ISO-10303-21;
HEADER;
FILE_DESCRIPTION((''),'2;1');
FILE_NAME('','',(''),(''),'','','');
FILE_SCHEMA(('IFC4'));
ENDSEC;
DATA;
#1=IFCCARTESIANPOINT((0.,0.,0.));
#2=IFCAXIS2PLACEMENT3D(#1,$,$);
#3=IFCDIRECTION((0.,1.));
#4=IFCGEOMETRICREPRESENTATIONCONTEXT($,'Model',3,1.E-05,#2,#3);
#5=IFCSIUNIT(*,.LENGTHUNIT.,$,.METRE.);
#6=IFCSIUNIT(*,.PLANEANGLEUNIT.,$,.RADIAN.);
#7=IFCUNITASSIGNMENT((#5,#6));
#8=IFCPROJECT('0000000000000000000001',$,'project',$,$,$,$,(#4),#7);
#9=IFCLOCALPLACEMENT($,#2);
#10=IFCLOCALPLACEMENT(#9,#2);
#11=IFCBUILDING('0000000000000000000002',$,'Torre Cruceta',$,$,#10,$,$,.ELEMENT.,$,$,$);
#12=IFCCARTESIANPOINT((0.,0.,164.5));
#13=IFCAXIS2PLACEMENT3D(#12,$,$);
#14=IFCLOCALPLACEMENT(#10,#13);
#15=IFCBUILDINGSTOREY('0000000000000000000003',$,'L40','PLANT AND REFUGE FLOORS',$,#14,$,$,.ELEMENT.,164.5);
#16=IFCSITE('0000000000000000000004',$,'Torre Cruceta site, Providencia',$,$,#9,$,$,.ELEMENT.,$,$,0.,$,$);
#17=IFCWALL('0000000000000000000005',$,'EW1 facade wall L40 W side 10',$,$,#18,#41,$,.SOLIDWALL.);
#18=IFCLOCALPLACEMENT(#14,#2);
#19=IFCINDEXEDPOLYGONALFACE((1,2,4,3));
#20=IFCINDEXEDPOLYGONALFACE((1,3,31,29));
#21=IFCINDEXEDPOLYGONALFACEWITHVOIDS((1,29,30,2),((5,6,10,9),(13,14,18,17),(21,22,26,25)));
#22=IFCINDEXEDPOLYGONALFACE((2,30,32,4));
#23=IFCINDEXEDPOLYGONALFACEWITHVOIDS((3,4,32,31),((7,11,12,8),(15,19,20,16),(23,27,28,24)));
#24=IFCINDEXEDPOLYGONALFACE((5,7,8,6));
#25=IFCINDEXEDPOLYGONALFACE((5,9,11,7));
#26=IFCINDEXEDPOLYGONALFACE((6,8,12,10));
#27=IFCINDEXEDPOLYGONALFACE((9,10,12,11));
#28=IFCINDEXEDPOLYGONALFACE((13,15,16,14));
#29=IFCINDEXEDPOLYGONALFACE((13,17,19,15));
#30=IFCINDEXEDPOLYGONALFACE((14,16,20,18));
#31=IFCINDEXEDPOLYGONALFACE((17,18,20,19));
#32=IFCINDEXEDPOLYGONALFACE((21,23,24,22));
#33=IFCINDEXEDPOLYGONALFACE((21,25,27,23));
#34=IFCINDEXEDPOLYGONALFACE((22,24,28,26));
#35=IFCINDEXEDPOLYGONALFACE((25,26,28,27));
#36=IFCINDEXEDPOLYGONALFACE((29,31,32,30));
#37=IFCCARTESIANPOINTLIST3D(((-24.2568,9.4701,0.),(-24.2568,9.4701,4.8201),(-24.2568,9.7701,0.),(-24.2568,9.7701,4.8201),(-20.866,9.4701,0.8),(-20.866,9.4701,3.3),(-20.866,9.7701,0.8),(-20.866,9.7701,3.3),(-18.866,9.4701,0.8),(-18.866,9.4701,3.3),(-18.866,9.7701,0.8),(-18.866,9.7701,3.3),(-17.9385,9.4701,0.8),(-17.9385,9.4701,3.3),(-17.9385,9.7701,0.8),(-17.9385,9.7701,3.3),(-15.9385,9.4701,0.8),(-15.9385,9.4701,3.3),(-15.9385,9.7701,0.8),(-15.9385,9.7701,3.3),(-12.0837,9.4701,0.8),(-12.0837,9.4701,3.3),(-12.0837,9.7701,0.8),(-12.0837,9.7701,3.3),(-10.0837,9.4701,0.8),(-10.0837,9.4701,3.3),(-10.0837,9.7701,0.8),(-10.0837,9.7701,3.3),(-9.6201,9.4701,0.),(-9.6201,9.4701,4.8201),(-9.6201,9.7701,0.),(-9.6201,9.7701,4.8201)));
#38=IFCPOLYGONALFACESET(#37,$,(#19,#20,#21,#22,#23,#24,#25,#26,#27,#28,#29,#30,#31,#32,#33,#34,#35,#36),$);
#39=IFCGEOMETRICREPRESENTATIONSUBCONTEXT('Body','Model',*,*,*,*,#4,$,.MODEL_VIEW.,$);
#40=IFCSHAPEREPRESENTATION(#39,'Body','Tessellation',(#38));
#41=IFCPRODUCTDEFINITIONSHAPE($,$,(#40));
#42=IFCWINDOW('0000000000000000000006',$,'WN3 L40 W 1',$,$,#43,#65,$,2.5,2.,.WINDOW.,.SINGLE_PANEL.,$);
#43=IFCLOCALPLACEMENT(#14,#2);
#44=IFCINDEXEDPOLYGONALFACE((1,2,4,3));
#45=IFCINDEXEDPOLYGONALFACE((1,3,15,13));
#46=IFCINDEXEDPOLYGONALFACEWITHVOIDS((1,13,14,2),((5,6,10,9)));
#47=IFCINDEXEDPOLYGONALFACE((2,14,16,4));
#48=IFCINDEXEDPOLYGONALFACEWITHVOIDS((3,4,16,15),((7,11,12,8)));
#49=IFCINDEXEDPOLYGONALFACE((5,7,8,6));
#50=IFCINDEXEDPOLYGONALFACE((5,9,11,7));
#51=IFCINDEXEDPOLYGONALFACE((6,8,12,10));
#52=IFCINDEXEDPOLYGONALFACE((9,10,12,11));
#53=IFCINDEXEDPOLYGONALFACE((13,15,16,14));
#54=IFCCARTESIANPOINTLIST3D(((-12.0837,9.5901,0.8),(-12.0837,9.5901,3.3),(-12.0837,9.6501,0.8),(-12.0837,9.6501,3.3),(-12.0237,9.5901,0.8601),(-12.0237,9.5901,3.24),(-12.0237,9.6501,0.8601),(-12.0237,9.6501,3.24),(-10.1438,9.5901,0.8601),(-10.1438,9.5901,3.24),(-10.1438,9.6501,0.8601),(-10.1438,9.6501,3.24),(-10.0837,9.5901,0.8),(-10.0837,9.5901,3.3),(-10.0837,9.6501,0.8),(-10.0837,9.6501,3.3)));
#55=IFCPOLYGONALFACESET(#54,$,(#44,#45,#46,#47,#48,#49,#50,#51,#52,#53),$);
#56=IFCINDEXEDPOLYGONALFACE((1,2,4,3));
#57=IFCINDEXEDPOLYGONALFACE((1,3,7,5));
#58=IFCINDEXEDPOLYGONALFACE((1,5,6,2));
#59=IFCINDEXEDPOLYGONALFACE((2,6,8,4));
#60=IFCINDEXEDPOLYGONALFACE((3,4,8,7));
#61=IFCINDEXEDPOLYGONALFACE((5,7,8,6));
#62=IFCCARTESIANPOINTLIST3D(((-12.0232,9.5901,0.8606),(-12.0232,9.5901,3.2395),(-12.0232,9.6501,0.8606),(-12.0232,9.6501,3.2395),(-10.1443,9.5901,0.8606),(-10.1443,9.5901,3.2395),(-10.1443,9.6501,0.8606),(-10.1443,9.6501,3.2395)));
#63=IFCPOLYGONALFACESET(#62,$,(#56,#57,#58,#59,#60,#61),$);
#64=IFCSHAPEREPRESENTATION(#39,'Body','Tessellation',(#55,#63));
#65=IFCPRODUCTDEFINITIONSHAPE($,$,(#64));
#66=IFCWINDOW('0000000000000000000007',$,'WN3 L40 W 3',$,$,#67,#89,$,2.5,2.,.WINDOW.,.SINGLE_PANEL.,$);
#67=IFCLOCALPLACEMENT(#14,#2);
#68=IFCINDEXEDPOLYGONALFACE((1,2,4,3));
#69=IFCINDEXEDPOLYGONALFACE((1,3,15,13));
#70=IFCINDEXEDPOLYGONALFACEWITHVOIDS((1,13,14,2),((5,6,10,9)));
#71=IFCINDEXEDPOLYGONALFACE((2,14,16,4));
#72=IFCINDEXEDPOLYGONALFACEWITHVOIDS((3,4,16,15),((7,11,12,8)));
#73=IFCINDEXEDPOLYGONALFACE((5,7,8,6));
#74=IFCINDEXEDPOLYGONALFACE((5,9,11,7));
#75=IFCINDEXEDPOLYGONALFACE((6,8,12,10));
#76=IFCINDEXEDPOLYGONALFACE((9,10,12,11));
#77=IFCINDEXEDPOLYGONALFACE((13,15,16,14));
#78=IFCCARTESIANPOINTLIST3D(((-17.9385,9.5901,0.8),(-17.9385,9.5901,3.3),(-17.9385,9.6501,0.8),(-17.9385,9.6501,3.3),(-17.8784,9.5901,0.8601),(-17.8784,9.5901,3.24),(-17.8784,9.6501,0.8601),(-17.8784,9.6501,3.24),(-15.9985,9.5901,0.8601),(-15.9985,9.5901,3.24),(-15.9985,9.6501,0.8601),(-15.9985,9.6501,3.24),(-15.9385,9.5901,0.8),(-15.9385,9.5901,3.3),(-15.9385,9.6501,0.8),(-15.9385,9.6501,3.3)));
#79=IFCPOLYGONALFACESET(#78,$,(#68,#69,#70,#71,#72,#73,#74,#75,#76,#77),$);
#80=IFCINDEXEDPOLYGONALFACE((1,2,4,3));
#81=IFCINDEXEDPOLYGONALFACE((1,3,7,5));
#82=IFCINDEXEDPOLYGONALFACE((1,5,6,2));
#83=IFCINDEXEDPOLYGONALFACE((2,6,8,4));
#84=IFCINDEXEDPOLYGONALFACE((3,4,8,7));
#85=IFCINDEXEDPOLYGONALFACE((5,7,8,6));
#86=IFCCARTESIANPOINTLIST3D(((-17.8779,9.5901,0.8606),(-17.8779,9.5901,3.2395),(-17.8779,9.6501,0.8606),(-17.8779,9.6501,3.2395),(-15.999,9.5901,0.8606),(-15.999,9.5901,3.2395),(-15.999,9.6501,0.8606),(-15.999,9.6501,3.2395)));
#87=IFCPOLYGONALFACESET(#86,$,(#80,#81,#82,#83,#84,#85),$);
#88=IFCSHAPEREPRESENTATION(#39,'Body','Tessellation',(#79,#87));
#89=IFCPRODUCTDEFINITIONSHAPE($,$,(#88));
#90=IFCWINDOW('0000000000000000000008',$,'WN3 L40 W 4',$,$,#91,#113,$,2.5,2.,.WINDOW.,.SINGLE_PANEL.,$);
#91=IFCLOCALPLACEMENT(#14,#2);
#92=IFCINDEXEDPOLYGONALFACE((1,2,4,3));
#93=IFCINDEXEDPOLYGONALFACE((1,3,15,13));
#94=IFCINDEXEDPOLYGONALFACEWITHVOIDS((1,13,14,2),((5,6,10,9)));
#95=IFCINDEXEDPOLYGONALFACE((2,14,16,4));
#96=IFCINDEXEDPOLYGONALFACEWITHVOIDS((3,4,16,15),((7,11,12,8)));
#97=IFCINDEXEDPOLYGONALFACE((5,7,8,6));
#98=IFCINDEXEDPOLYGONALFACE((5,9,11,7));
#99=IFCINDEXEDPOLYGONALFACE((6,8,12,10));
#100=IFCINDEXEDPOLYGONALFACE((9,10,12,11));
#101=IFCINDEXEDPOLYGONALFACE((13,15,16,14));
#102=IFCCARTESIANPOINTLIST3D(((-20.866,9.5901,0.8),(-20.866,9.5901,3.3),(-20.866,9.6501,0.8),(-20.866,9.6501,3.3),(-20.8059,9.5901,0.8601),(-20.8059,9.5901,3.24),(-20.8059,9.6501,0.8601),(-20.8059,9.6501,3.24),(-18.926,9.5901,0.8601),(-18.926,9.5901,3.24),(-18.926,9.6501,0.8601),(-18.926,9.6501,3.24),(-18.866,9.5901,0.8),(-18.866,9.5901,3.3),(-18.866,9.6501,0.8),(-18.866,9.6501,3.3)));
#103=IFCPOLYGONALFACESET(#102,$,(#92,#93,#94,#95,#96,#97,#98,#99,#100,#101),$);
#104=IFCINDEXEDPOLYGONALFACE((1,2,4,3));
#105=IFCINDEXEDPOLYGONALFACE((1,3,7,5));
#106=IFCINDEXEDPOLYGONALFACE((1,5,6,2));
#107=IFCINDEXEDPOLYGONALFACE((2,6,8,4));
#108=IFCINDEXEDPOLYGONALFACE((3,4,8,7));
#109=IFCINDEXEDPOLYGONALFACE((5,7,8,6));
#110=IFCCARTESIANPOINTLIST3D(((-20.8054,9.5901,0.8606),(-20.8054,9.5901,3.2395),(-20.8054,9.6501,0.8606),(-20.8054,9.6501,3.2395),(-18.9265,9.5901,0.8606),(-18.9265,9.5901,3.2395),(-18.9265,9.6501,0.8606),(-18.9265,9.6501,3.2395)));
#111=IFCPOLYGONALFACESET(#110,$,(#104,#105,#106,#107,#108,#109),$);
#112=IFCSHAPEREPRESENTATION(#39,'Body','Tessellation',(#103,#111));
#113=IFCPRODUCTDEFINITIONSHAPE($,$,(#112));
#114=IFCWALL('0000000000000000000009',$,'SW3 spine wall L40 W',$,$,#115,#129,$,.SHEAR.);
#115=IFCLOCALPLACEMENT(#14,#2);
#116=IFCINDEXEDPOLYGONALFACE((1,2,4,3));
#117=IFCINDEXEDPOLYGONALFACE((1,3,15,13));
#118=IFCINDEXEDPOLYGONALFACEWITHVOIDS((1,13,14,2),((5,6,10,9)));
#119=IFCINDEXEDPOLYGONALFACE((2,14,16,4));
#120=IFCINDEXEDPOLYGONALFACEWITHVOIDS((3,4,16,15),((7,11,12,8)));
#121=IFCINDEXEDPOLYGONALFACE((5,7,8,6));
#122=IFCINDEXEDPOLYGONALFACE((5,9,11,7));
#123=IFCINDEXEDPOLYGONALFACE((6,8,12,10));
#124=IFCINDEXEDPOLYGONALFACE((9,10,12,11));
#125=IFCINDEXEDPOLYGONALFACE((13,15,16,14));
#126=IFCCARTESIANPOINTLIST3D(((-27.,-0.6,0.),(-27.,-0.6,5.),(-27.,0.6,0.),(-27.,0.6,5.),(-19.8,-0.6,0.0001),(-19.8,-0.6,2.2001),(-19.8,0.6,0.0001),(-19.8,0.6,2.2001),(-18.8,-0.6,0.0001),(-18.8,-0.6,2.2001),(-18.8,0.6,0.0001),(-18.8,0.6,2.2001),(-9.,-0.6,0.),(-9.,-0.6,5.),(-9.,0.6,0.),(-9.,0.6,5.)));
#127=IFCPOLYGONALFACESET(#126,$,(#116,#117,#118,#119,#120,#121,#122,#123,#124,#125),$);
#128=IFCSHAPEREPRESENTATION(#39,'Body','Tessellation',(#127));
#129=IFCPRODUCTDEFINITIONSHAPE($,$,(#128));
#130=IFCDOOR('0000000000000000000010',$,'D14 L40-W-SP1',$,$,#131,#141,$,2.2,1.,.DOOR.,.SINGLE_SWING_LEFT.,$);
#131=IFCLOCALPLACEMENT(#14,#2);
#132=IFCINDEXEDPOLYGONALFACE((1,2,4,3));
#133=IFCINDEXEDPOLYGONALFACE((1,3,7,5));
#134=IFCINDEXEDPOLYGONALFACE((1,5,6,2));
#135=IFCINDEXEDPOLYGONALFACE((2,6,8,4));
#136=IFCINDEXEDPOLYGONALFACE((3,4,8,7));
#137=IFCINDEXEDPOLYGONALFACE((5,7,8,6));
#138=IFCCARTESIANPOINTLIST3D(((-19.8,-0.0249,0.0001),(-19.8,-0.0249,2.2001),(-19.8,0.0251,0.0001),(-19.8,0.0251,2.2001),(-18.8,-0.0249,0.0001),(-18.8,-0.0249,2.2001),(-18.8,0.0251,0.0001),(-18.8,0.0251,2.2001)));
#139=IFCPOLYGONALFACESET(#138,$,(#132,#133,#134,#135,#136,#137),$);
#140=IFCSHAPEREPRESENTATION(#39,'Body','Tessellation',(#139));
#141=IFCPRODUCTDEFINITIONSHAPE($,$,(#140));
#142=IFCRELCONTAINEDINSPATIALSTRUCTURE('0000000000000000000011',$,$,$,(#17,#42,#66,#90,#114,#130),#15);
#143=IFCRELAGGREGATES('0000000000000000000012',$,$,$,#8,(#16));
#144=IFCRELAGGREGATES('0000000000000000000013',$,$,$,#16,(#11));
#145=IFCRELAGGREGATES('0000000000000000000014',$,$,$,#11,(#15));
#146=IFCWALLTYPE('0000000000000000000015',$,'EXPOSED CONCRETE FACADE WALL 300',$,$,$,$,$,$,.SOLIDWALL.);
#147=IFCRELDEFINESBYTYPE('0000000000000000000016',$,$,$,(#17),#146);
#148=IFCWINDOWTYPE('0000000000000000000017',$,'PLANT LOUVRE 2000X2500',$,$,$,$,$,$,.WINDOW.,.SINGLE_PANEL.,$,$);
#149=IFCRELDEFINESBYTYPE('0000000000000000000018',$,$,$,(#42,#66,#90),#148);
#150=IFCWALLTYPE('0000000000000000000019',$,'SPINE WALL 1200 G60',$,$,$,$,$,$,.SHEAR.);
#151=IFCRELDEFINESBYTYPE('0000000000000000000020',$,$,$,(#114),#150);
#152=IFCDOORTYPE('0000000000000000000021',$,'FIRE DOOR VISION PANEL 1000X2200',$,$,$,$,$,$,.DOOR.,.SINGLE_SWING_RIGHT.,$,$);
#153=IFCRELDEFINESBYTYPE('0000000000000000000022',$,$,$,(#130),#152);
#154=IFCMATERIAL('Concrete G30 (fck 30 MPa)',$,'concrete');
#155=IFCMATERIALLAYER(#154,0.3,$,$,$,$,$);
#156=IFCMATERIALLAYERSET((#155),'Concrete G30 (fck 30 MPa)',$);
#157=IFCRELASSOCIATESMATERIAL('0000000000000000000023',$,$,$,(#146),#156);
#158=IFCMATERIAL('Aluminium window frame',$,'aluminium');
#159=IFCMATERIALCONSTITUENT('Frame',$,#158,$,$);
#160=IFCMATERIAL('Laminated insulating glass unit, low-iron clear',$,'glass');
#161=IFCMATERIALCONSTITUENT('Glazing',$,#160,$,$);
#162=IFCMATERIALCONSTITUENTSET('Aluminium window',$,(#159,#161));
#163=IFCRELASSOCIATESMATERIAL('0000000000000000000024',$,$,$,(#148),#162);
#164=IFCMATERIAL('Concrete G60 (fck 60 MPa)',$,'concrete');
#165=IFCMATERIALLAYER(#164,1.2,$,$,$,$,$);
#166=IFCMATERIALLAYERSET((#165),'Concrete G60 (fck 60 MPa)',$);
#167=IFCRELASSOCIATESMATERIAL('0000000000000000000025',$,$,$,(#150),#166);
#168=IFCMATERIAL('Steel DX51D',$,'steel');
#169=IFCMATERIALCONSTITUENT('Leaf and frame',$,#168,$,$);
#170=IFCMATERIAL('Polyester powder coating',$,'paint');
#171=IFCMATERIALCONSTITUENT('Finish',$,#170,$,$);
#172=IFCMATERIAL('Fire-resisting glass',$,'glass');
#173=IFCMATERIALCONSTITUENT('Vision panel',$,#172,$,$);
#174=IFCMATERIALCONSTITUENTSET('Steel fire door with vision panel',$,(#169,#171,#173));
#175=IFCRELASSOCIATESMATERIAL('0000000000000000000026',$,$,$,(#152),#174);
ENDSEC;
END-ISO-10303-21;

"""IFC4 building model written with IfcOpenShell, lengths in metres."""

from ifc_helpers import new_model, si_unit, direction, frame, frame_2d, origin, place, context, subcontext, project, spatial, rectangle, hollow_rectangle, extrude, material, layer, layer_set, constituent, constituent_set, type_object, element, fill, save


model = new_model("IFC4")

# Units and contexts
model_context = context("Model", 3, precision=1e-05, world=origin(), true_north=direction((0.0, 1.0)))
body_context = subcontext(model_context, "Body", "Model", "MODEL_VIEW")
ifc_project = project(units=[si_unit("LENGTHUNIT", "METRE"), si_unit("PLANEANGLEUNIT", "RADIAN")], contexts=[model_context])

# Site, building, storey
site_placement = place(None, origin())
site = spatial("IfcSite", under=ifc_project, at=site_placement, Name="Torre Cruceta site, Providencia", CompositionType="ELEMENT", RefElevation=0.0)
building_placement = place(site_placement, origin())
building = spatial("IfcBuilding", under=site, at=building_placement, Name="Torre Cruceta", CompositionType="ELEMENT")
storey_placement = place(building_placement, frame((0.0, 0.0, 164.5)))
storey = spatial("IfcBuildingStorey", under=building, at=storey_placement, Name="L40", Description="PLANT AND REFUGE FLOORS", CompositionType="ELEMENT", Elevation=164.5)

# Shared definitions
ifc_material_1 = material(Name="Concrete G30 (fck 30 MPa)", Category="concrete")
ifc_layer_1 = layer(ifc_material_1, 0.3)
ifc_layer_set_1 = layer_set([ifc_layer_1], Name="Concrete G30 (fck 30 MPa)")
wall_type_1 = type_object("IfcWallType", Name="EXPOSED CONCRETE FACADE WALL 300", PredefinedType="SOLIDWALL", material=ifc_layer_set_1)

# Wall, openings, windows
wall_1_placement = place(storey_placement, frame((-9.6201, 9.6201, 0.0), z_axis=(0.0, 0.0, 1.0), x_axis=(-1.0, 0.0, 0.0)))
wall_1 = element("IfcWall", 1, at=wall_1_placement, inside=storey, type_object=wall_type_1, Name="EW1 facade wall L40 W side 10", PredefinedType="SOLIDWALL", context=body_context, shape_type="SweptSolid", body=[
    extrude(rectangle(XDim=14.6367, YDim=0.3, at=frame_2d((7.3184, 0.0))), origin(), (0.0, 0.0, 1.0), 4.8201),
])
opening_1_placement = place(wall_1_placement, frame((0.4636, 0.0, 0.8)))
opening_1 = element("IfcOpeningElement", 2, at=opening_1_placement, cuts=wall_1, PredefinedType="OPENING", context=body_context, shape_type="SweptSolid", body=[
    extrude(rectangle(XDim=2.0, YDim=2.5, at=frame_2d((1.0, 1.25))), frame((0.0, 0.1599, 0.0), z_axis=(0.0, -1.0, 0.0), x_axis=(1.0, 0.0, 0.0)), (0.0, 0.0, 1.0), 0.3201),
])
opening_2_placement = place(wall_1_placement, frame((6.3184, 0.0, 0.8)))
opening_2 = element("IfcOpeningElement", 3, at=opening_2_placement, cuts=wall_1, PredefinedType="OPENING", context=body_context, shape_type="SweptSolid", body=[
    extrude(rectangle(XDim=2.0, YDim=2.5, at=frame_2d((1.0, 1.25))), frame((0.0, 0.1599, 0.0), z_axis=(0.0, -1.0, 0.0), x_axis=(1.0, 0.0, 0.0)), (0.0, 0.0, 1.0), 0.3201),
])
opening_3_placement = place(wall_1_placement, frame((9.2458, 0.0, 0.8)))
opening_3 = element("IfcOpeningElement", 4, at=opening_3_placement, cuts=wall_1, PredefinedType="OPENING", context=body_context, shape_type="SweptSolid", body=[
    extrude(rectangle(XDim=2.0, YDim=2.5, at=frame_2d((1.0, 1.25))), frame((0.0, 0.1599, 0.0), z_axis=(0.0, -1.0, 0.0), x_axis=(1.0, 0.0, 0.0)), (0.0, 0.0, 1.0), 0.3201),
])
ifc_material_2 = material(Name="Aluminium window frame", Category="aluminium")
ifc_constituent_1 = constituent(ifc_material_2, Name="Frame")
ifc_material_3 = material(Name="Laminated insulating glass unit, low-iron clear", Category="glass")
ifc_constituent_2 = constituent(ifc_material_3, Name="Glazing")
ifc_constituent_set_1 = constituent_set(constituents=[ifc_constituent_1, ifc_constituent_2], Name="Aluminium window")
window_type = type_object("IfcWindowType", Name="PLANT LOUVRE 2000X2500", PartitioningType="SINGLE_PANEL", PredefinedType="WINDOW", material=ifc_constituent_set_1)
window_1_placement = place(opening_1_placement, origin())
window_1 = element("IfcWindow", 5, at=window_1_placement, inside=storey, type_object=window_type, Name="WN3 L40 W 1", OverallHeight=2.5, OverallWidth=2.0, PartitioningType="SINGLE_PANEL", PredefinedType="WINDOW", context=body_context, shape_type="SweptSolid", body=[
    extrude(hollow_rectangle(XDim=2.0, YDim=2.5, WallThickness=0.0601, at=frame_2d((1.0, 1.25))), frame((0.0, 0.03, 0.0), z_axis=(0.0, -1.0, 0.0), x_axis=(1.0, 0.0, 0.0)), (0.0, 0.0, 1.0), 0.0601),
    extrude(rectangle(XDim=1.8789, YDim=2.3789, at=frame_2d((1.0, 1.25))), frame((0.0, 0.03, 0.0), z_axis=(0.0, -1.0, 0.0), x_axis=(1.0, 0.0, 0.0)), (0.0, 0.0, 1.0), 0.0601),
])
fill(opening_1, window_1)
window_2_placement = place(opening_2_placement, origin())
window_2 = element("IfcWindow", 6, at=window_2_placement, inside=storey, type_object=window_type, Name="WN3 L40 W 3", OverallHeight=2.5, OverallWidth=2.0, PartitioningType="SINGLE_PANEL", PredefinedType="WINDOW", context=body_context, shape_type="SweptSolid", body=[
    extrude(hollow_rectangle(XDim=2.0, YDim=2.5, WallThickness=0.0601, at=frame_2d((1.0, 1.25))), frame((0.0, 0.03, 0.0), z_axis=(0.0, -1.0, 0.0), x_axis=(1.0, 0.0, 0.0)), (0.0, 0.0, 1.0), 0.0601),
    extrude(rectangle(XDim=1.8789, YDim=2.3789, at=frame_2d((1.0, 1.25))), frame((0.0, 0.03, 0.0), z_axis=(0.0, -1.0, 0.0), x_axis=(1.0, 0.0, 0.0)), (0.0, 0.0, 1.0), 0.0601),
])
fill(opening_2, window_2)
window_3_placement = place(opening_3_placement, origin())
window_3 = element("IfcWindow", 7, at=window_3_placement, inside=storey, type_object=window_type, Name="WN3 L40 W 4", OverallHeight=2.5, OverallWidth=2.0, PartitioningType="SINGLE_PANEL", PredefinedType="WINDOW", context=body_context, shape_type="SweptSolid", body=[
    extrude(hollow_rectangle(XDim=2.0, YDim=2.5, WallThickness=0.0601, at=frame_2d((1.0, 1.25))), frame((0.0, 0.03, 0.0), z_axis=(0.0, -1.0, 0.0), x_axis=(1.0, 0.0, 0.0)), (0.0, 0.0, 1.0), 0.0601),
    extrude(rectangle(XDim=1.8789, YDim=2.3789, at=frame_2d((1.0, 1.25))), frame((0.0, 0.03, 0.0), z_axis=(0.0, -1.0, 0.0), x_axis=(1.0, 0.0, 0.0)), (0.0, 0.0, 1.0), 0.0601),
])
fill(opening_3, window_3)

# Wall, opening, door
ifc_material_4 = material(Name="Concrete G60 (fck 60 MPa)", Category="concrete")
ifc_layer_2 = layer(ifc_material_4, 1.2)
ifc_layer_set_2 = layer_set([ifc_layer_2], Name="Concrete G60 (fck 60 MPa)")
wall_type_2 = type_object("IfcWallType", Name="SPINE WALL 1200 G60", PredefinedType="SHEAR", material=ifc_layer_set_2)
wall_2_placement = place(storey_placement, frame((-9.0, 0.0, 0.0), z_axis=(0.0, 0.0, 1.0), x_axis=(-1.0, 0.0, 0.0)))
wall_2 = element("IfcWall", 8, at=wall_2_placement, inside=storey, type_object=wall_type_2, Name="SW3 spine wall L40 W", PredefinedType="SHEAR", context=body_context, shape_type="SweptSolid", body=[
    extrude(rectangle(XDim=18.0, YDim=1.2, at=frame_2d((9.0, 0.0))), origin(), (0.0, 0.0, 1.0), 5.0),
])
opening_4_placement = place(wall_2_placement, frame((9.8, 0.0, 0.0)))
opening_4 = element("IfcOpeningElement", 9, at=opening_4_placement, cuts=wall_2, PredefinedType="OPENING", context=body_context, shape_type="SweptSolid", body=[
    extrude(rectangle(XDim=1.0, YDim=2.2, at=frame_2d((0.5, 1.1001))), frame((0.0, 0.6099, 0.0), z_axis=(0.0, -1.0, 0.0), x_axis=(1.0, 0.0, 0.0)), (0.0, 0.0, 1.0), 1.22),
])
ifc_material_5 = material(Name="Steel DX51D", Category="steel")
ifc_constituent_3 = constituent(ifc_material_5, Name="Leaf and frame")
ifc_material_6 = material(Name="Polyester powder coating", Category="paint")
ifc_constituent_4 = constituent(ifc_material_6, Name="Finish")
ifc_material_7 = material(Name="Fire-resisting glass", Category="glass")
ifc_constituent_5 = constituent(ifc_material_7, Name="Vision panel")
ifc_constituent_set_2 = constituent_set(constituents=[ifc_constituent_3, ifc_constituent_4, ifc_constituent_5], Name="Steel fire door with vision panel")
door_type_1 = type_object("IfcDoorType", Name="FIRE DOOR VISION PANEL 1000X2200", OperationType="SINGLE_SWING_RIGHT", PredefinedType="DOOR", material=ifc_constituent_set_2)
door_1_placement = place(opening_4_placement, frame((1.0, 0.0, 0.0), z_axis=(0.0, 0.0, 1.0), x_axis=(-1.0, 0.0, 0.0)))
door_1 = element("IfcDoor", 10, at=door_1_placement, inside=storey, type_object=door_type_1, Name="D14 L40-W-SP1", OperationType="SINGLE_SWING_LEFT", OverallHeight=2.2, OverallWidth=1.0, PredefinedType="DOOR", context=body_context, shape_type="SweptSolid", body=[
    extrude(rectangle(XDim=1.0, YDim=2.2, at=frame_2d((0.5, 1.1001))), frame((0.0, 0.0251, 0.0), z_axis=(0.0, -1.0, 0.0), x_axis=(1.0, 0.0, 0.0)), (0.0, 0.0, 1.0), 0.05),
])
fill(opening_4, door_1)

save(model, "model.ifc")
